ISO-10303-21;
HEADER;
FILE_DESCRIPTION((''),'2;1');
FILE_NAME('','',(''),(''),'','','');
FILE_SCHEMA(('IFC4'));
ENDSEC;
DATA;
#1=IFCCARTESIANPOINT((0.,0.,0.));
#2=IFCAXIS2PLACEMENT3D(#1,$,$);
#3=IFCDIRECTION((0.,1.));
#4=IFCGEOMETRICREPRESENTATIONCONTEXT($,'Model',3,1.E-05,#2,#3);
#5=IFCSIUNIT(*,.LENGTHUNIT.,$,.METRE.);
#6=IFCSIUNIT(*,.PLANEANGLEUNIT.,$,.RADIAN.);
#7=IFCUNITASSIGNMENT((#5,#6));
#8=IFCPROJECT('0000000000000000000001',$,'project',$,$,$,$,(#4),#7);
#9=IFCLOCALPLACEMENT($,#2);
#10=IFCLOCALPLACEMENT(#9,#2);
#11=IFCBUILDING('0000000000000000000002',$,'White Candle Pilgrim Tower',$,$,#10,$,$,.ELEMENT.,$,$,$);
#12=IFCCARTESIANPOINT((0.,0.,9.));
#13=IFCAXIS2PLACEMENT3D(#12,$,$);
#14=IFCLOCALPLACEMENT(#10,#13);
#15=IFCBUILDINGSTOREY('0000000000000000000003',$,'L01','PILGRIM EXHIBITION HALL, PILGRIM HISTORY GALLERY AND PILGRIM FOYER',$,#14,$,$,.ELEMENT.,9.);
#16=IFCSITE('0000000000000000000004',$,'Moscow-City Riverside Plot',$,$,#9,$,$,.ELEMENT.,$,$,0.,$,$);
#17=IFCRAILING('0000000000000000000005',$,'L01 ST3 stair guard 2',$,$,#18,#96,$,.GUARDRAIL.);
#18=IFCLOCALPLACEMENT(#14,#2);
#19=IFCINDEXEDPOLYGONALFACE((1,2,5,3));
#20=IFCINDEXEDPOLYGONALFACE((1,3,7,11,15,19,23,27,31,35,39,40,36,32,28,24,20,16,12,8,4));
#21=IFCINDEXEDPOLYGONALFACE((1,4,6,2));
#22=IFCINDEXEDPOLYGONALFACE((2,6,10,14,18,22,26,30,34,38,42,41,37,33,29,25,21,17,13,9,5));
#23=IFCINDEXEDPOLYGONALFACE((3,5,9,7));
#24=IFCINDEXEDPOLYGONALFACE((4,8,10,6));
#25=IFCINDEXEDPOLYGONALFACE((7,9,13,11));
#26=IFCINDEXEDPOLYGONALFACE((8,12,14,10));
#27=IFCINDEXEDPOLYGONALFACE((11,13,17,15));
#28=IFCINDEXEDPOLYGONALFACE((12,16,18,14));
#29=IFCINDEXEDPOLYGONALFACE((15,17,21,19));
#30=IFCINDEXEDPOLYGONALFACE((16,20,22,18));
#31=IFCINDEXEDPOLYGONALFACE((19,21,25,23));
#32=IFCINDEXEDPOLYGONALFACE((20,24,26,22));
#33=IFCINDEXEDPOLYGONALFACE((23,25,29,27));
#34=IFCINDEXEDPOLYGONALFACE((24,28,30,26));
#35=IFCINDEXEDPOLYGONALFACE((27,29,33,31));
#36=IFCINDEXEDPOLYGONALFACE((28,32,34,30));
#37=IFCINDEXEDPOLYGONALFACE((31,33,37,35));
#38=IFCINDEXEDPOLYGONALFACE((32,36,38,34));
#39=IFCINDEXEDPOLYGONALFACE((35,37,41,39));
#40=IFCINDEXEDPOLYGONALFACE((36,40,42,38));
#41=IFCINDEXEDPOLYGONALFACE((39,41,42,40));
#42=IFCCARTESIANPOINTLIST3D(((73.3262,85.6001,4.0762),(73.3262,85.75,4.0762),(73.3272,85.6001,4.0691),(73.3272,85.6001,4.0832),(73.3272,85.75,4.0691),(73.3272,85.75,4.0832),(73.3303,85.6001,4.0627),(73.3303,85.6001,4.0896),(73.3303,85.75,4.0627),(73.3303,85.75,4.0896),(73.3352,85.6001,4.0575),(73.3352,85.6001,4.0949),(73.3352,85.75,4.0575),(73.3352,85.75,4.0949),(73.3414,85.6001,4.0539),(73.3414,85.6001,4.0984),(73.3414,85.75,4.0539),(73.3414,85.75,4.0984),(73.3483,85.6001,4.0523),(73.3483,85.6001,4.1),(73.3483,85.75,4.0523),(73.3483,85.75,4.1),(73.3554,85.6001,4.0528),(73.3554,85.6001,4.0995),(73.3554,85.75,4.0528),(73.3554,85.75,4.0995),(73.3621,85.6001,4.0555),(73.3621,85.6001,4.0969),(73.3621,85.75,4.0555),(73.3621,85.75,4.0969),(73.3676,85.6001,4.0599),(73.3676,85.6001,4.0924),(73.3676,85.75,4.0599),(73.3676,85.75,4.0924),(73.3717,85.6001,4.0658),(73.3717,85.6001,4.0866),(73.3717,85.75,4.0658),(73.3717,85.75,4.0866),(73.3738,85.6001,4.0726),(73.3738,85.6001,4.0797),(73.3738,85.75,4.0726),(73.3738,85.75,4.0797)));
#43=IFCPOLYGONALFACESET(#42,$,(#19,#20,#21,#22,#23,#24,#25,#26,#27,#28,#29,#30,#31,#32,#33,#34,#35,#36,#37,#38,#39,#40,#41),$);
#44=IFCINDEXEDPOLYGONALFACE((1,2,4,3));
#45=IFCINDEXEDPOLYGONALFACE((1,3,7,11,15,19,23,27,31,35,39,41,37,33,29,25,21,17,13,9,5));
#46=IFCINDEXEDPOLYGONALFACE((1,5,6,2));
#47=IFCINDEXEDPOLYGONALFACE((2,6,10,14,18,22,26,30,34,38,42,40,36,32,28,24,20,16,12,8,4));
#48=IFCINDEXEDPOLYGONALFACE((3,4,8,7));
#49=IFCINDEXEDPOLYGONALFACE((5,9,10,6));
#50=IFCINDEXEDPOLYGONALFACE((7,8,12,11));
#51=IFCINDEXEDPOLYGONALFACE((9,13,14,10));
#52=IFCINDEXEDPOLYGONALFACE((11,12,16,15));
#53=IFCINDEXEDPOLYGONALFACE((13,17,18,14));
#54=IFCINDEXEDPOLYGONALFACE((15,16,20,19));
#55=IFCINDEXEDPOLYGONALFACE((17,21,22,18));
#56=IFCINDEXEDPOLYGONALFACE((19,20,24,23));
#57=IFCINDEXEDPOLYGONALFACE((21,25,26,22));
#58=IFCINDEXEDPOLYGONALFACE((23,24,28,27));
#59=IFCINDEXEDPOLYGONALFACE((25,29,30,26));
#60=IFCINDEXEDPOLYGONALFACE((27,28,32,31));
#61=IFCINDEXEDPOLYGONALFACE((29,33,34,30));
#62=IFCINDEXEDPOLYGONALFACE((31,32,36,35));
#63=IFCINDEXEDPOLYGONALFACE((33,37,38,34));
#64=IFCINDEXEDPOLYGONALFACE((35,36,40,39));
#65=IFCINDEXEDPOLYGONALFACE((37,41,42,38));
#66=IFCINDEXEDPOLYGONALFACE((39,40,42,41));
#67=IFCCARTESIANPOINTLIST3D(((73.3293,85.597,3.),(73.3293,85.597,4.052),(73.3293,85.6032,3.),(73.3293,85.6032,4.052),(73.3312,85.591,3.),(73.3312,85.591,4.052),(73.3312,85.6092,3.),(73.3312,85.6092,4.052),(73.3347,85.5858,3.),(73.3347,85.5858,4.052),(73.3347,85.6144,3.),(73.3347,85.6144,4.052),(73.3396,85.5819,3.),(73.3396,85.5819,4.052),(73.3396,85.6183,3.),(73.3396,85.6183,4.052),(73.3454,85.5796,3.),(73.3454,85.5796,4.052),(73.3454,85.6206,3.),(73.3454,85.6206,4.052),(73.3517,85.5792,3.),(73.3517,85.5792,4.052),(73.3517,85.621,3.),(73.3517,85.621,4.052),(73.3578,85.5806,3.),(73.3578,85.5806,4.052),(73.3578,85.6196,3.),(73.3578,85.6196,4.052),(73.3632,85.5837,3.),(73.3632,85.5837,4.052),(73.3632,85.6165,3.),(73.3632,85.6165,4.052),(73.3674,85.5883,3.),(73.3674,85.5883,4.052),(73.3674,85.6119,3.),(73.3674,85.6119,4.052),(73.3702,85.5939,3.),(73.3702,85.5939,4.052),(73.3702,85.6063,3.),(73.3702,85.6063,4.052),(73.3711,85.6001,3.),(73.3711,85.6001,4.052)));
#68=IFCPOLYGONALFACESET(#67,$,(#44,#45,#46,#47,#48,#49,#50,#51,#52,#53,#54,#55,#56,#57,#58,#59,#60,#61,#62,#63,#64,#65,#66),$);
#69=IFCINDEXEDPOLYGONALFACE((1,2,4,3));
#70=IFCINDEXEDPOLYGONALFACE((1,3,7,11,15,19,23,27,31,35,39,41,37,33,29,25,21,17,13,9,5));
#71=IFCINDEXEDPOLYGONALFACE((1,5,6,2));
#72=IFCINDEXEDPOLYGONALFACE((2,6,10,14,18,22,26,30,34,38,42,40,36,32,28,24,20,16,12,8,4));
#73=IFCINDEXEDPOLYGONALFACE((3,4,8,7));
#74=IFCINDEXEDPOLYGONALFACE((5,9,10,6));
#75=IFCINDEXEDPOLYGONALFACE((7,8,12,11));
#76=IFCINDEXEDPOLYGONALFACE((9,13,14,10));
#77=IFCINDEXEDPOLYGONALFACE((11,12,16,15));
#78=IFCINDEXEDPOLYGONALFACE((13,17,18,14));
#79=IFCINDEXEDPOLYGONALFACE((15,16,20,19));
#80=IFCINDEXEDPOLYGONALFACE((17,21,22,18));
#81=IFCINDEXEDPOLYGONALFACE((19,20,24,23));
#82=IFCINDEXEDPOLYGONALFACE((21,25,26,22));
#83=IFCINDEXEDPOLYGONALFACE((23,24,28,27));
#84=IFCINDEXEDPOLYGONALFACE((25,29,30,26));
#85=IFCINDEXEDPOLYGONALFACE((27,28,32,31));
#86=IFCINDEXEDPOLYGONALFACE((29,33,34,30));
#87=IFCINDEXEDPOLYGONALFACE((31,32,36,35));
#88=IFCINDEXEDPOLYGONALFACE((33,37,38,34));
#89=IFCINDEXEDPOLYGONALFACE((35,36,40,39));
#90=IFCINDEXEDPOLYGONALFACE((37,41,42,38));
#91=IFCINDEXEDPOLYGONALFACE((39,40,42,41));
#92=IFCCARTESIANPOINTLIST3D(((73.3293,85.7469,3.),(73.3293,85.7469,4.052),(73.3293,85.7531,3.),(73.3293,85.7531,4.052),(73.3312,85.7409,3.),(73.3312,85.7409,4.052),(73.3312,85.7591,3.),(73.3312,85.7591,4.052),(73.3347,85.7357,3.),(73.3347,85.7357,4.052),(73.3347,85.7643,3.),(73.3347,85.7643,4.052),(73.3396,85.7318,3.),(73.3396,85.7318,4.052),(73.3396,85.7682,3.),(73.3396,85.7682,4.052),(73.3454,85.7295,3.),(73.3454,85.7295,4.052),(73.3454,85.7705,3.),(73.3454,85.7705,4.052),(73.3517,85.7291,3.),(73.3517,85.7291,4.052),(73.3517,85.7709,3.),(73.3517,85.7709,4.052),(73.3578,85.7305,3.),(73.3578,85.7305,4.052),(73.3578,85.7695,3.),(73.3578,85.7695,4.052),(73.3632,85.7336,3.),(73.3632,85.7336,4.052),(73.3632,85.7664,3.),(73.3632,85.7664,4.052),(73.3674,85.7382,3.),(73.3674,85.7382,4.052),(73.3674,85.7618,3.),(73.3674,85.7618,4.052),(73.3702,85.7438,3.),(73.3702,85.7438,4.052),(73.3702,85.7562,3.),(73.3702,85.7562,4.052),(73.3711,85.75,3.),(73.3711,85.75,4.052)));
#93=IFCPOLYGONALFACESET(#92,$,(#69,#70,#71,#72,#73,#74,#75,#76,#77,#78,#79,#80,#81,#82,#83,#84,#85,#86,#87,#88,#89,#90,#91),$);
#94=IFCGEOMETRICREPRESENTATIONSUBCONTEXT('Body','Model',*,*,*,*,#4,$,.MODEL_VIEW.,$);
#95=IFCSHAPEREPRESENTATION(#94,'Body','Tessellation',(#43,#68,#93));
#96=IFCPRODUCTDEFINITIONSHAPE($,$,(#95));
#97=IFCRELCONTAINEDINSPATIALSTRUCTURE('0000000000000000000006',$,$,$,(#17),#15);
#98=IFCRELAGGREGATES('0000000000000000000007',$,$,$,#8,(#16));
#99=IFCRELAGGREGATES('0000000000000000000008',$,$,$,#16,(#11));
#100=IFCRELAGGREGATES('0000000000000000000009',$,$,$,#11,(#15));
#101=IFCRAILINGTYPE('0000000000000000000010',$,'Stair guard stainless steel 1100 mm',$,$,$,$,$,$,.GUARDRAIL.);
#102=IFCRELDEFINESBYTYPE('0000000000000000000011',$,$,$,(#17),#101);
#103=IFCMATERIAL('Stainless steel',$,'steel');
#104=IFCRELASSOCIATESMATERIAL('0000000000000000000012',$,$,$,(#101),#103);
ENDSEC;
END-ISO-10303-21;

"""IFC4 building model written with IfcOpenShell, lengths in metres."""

from ifc_helpers import new_model, si_unit, direction, frame, origin, origin_2d, place, context, subcontext, project, spatial, circle, extrude, material, type_object, element, save


model = new_model("IFC4")

# Units and contexts
model_context = context("Model", 3, precision=1e-05, world=origin(), true_north=direction((0.0, 1.0)))
body_context = subcontext(model_context, "Body", "Model", "MODEL_VIEW")
ifc_project = project(units=[si_unit("LENGTHUNIT", "METRE"), si_unit("PLANEANGLEUNIT", "RADIAN")], contexts=[model_context])

# Site, building, storey
site_placement = place(None, origin())
site = spatial("IfcSite", under=ifc_project, at=site_placement, Name="Moscow-City Riverside Plot", CompositionType="ELEMENT", RefElevation=0.0)
building_placement = place(site_placement, origin())
building = spatial("IfcBuilding", under=site, at=building_placement, Name="White Candle Pilgrim Tower", CompositionType="ELEMENT")
storey_placement = place(building_placement, frame((0.0, 0.0, 9.0)))
storey = spatial("IfcBuildingStorey", under=building, at=storey_placement, Name="L01", Description="PILGRIM EXHIBITION HALL, PILGRIM HISTORY GALLERY AND PILGRIM FOYER", CompositionType="ELEMENT", Elevation=9.0)

# Railing
ifc_material_1 = material(Name="Stainless steel", Category="steel")
railing_type_1 = type_object("IfcRailingType", Name="Stair guard stainless steel 1100 mm", PredefinedType="GUARDRAIL", material=ifc_material_1)
railing_1_placement = place(storey_placement, frame((73.3501, 85.6001, 3.0)))
element("IfcRailing", 1, at=railing_1_placement, inside=storey, type_object=railing_type_1, Name="L01 ST3 stair guard 2", PredefinedType="GUARDRAIL", context=body_context, shape_type="SweptSolid", body=[
    extrude(circle(Radius=0.0239, at=origin_2d()), frame((0.0, 0.0, 1.0762), z_axis=(0.0, 1.0, 0.0), x_axis=(-1.0, 0.0, 0.0)), (0.0, 0.0, 1.0), 0.1499),
    extrude(circle(Radius=0.021, at=origin_2d()), origin(), (0.0, 0.0, 1.0), 1.052),
    extrude(circle(Radius=0.021, at=origin_2d()), frame((0.0, 0.1499, 0.0)), (0.0, 0.0, 1.0), 1.052),
])

save(model, "model.ifc")
